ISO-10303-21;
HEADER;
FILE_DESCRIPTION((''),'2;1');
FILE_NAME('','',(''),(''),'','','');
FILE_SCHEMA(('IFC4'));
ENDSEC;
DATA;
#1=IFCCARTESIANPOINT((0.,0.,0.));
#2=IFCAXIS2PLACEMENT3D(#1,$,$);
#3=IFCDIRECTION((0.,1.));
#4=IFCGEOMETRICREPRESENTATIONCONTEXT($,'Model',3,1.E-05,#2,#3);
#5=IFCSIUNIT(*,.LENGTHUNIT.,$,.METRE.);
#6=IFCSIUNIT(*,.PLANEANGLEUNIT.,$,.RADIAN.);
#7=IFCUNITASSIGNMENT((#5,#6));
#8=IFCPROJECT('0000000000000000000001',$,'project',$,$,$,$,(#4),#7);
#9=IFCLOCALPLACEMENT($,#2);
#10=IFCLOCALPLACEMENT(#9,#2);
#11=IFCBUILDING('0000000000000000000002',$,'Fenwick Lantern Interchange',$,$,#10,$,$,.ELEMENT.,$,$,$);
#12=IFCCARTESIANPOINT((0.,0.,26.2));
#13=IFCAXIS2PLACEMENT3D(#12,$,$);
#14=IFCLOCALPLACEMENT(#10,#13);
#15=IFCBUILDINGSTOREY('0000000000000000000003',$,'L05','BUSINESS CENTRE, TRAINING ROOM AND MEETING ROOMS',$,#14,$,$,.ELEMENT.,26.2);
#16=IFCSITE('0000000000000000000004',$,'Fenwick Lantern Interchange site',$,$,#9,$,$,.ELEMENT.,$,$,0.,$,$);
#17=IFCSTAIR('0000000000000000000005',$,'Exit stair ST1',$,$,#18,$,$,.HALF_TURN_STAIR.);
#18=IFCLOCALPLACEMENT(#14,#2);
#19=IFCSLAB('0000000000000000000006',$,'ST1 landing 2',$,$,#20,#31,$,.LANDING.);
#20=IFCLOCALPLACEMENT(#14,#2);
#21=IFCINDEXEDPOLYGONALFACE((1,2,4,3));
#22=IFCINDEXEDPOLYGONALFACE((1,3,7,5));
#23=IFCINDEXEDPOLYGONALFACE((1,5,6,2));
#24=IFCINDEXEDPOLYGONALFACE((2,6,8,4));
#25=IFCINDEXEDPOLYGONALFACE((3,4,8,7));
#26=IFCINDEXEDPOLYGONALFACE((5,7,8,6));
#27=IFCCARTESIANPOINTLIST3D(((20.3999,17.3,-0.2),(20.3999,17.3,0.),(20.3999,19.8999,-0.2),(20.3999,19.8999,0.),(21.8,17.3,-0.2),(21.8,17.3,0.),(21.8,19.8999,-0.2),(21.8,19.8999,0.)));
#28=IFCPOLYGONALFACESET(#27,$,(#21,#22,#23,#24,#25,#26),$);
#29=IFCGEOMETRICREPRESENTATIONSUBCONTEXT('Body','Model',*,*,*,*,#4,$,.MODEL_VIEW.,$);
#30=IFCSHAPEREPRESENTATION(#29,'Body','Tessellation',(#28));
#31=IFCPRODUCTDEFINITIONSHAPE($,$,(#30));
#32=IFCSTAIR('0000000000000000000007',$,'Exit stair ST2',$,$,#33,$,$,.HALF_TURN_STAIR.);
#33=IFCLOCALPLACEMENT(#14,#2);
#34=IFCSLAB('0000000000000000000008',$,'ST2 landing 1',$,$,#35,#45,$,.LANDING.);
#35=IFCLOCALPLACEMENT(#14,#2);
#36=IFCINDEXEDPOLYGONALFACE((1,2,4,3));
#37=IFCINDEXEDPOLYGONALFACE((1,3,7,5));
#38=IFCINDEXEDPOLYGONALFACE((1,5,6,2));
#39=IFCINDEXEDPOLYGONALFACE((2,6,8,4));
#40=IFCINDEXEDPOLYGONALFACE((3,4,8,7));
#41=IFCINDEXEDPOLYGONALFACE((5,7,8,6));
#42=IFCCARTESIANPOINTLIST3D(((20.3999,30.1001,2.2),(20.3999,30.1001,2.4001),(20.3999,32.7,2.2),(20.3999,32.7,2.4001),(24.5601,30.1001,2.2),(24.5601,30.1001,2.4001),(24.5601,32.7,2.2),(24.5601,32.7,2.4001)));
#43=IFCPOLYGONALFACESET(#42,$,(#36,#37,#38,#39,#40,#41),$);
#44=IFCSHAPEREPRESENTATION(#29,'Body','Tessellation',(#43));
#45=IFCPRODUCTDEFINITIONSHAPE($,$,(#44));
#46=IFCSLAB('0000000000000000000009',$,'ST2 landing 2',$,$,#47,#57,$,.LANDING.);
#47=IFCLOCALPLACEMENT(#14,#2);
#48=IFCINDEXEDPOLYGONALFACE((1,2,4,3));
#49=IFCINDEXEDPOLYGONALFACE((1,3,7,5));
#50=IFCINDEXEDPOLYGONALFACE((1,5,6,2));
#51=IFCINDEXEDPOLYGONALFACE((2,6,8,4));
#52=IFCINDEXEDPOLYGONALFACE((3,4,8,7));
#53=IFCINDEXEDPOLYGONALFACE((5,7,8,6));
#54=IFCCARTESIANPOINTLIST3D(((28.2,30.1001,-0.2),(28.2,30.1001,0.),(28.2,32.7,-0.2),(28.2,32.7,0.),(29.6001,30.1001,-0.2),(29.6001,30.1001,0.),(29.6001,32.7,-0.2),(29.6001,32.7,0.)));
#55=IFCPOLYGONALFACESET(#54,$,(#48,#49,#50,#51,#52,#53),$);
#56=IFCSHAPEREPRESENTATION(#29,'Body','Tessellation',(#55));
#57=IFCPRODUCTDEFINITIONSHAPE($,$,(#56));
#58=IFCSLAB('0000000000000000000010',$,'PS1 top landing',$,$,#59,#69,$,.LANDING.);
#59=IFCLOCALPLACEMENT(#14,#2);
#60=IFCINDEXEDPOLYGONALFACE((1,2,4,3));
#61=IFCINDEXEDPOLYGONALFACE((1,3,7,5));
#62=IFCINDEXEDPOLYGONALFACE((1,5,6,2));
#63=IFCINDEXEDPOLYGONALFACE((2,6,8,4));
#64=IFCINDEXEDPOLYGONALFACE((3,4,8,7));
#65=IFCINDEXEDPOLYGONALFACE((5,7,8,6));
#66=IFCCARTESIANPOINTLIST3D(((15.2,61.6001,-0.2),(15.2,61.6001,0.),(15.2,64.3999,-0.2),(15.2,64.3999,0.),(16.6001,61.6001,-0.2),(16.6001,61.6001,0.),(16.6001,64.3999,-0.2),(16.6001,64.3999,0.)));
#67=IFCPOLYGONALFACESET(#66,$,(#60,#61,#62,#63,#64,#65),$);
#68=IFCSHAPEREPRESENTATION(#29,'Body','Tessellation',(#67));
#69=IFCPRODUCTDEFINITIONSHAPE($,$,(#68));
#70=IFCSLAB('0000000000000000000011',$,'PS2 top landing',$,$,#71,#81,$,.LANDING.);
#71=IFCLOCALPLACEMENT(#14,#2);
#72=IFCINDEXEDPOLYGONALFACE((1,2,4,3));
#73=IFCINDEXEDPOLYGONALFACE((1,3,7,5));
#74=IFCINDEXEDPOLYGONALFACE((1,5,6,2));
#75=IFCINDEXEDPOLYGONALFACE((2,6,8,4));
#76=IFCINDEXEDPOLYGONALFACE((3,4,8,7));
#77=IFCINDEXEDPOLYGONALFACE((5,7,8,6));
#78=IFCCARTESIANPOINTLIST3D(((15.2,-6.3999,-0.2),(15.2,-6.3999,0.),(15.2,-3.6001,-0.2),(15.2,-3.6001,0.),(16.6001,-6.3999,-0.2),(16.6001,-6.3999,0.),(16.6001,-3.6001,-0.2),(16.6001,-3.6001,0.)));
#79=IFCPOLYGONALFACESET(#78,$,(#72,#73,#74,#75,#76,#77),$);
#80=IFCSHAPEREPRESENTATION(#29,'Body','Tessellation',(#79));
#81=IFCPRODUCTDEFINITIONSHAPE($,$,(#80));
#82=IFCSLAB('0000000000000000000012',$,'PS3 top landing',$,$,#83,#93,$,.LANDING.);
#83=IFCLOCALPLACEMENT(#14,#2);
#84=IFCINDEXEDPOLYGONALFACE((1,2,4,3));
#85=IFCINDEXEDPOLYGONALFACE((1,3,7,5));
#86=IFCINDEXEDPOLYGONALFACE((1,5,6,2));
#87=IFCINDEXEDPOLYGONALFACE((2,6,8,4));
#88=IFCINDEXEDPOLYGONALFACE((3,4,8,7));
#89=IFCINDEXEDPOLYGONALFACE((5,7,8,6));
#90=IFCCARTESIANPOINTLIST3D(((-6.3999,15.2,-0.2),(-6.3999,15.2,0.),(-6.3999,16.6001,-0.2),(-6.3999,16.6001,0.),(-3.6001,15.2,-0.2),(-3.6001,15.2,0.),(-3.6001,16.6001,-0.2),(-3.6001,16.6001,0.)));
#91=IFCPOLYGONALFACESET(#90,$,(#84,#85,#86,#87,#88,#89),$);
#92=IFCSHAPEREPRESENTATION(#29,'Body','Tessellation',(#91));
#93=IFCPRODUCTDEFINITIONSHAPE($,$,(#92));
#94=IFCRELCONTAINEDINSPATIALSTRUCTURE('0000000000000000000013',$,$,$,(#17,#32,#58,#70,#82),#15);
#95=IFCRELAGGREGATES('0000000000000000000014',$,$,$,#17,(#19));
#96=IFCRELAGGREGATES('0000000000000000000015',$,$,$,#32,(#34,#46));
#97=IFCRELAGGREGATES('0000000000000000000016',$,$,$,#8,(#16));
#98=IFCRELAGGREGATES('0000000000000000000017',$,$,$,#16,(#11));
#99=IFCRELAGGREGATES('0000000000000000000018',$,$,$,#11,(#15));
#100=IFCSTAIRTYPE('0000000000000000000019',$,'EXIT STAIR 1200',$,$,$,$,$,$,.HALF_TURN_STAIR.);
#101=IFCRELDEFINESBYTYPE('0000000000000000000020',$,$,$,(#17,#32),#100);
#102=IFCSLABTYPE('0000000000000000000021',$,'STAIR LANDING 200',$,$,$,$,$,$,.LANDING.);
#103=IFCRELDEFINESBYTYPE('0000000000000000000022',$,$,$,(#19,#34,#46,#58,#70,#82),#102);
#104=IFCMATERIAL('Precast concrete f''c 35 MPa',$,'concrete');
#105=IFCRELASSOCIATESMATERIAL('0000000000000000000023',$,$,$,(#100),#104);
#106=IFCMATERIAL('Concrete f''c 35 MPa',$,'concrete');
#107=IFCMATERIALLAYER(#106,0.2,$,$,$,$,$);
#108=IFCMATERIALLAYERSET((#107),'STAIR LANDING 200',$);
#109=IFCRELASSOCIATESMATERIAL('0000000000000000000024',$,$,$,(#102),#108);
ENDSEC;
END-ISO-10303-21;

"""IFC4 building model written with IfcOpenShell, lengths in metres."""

from ifc_helpers import new_model, si_unit, direction, frame, origin, place, context, subcontext, project, spatial, polyline, outline, extrude, material, layer, layer_set, type_object, element, aggregate, save


model = new_model("IFC4")

# Units and contexts
model_context = context("Model", 3, precision=1e-05, world=origin(), true_north=direction((0.0, 1.0)))
body_context = subcontext(model_context, "Body", "Model", "MODEL_VIEW")
ifc_project = project(units=[si_unit("LENGTHUNIT", "METRE"), si_unit("PLANEANGLEUNIT", "RADIAN")], contexts=[model_context])

# Site, building, storey
site_placement = place(None, origin())
site = spatial("IfcSite", under=ifc_project, at=site_placement, Name="Fenwick Lantern Interchange site", CompositionType="ELEMENT", RefElevation=0.0)
building_placement = place(site_placement, origin())
building = spatial("IfcBuilding", under=site, at=building_placement, Name="Fenwick Lantern Interchange", CompositionType="ELEMENT")
storey_placement = place(building_placement, frame((0.0, 0.0, 26.2)))
storey = spatial("IfcBuildingStorey", under=building, at=storey_placement, Name="L05", Description="BUSINESS CENTRE, TRAINING ROOM AND MEETING ROOMS", CompositionType="ELEMENT", Elevation=26.2)

# Stairs, slabs
ifc_material_1 = material(Name="Precast concrete f'c 35 MPa", Category="concrete")
stair_type = type_object("IfcStairType", Name="EXIT STAIR 1200", PredefinedType="HALF_TURN_STAIR", material=ifc_material_1)
stair_1_placement = place(storey_placement, origin())
stair_1 = element("IfcStair", 1, at=stair_1_placement, inside=storey, type_object=stair_type, Name="Exit stair ST1", PredefinedType="HALF_TURN_STAIR")
ifc_material_2 = material(Name="Concrete f'c 35 MPa", Category="concrete")
ifc_layer_1 = layer(ifc_material_2, 0.2)
ifc_layer_set_1 = layer_set([ifc_layer_1], Name="STAIR LANDING 200")
slab_type_1 = type_object("IfcSlabType", Name="STAIR LANDING 200", PredefinedType="LANDING", material=ifc_layer_set_1)
slab_1_placement = place(storey_placement, frame((0.0, 0.0, -0.2)))
slab_1 = element("IfcSlab", 2, at=slab_1_placement, type_object=slab_type_1, Name="ST1 landing 2", PredefinedType="LANDING", context=body_context, shape_type="SweptSolid", body=[
    extrude(outline(polyline([(20.3999, 17.3), (21.8, 17.3), (21.8, 19.8999), (20.3999, 19.8999), (20.3999, 17.3)])), origin(), (0.0, 0.0, 1.0), 0.2),
])
aggregate(stair_1, [slab_1])
stair_2_placement = place(storey_placement, origin())
stair_2 = element("IfcStair", 3, at=stair_2_placement, inside=storey, type_object=stair_type, Name="Exit stair ST2", PredefinedType="HALF_TURN_STAIR")
slab_2_placement = place(storey_placement, frame((0.0, 0.0, 2.2)))
slab_2 = element("IfcSlab", 4, at=slab_2_placement, type_object=slab_type_1, Name="ST2 landing 1", PredefinedType="LANDING", context=body_context, shape_type="SweptSolid", body=[
    extrude(outline(polyline([(24.5601, 32.7), (20.3999, 32.7), (20.3999, 30.1001), (24.5601, 30.1001), (24.5601, 32.7)])), origin(), (0.0, 0.0, 1.0), 0.2002),
])
slab_3_placement = place(storey_placement, frame((0.0, 0.0, -0.2)))
slab_3 = element("IfcSlab", 5, at=slab_3_placement, type_object=slab_type_1, Name="ST2 landing 2", PredefinedType="LANDING", context=body_context, shape_type="SweptSolid", body=[
    extrude(outline(polyline([(29.6001, 32.7), (28.2, 32.7), (28.2, 30.1001), (29.6001, 30.1001), (29.6001, 32.7)])), origin(), (0.0, 0.0, 1.0), 0.2),
])
aggregate(stair_2, [slab_2, slab_3])

# Slabs
slab_4_placement = place(storey_placement, frame((0.0, 0.0, -0.2)))
element("IfcSlab", 6, at=slab_4_placement, inside=storey, type_object=slab_type_1, Name="PS1 top landing", PredefinedType="LANDING", context=body_context, shape_type="SweptSolid", body=[
    extrude(outline(polyline([(15.2, 61.6001), (16.6001, 61.6001), (16.6001, 64.3999), (15.2, 64.3999), (15.2, 61.6001)])), origin(), (0.0, 0.0, 1.0), 0.2),
])
slab_5_placement = place(storey_placement, frame((0.0, 0.0, -0.2)))
element("IfcSlab", 7, at=slab_5_placement, inside=storey, type_object=slab_type_1, Name="PS2 top landing", PredefinedType="LANDING", context=body_context, shape_type="SweptSolid", body=[
    extrude(outline(polyline([(15.2, -6.3999), (16.6001, -6.3999), (16.6001, -3.6001), (15.2, -3.6001), (15.2, -6.3999)])), origin(), (0.0, 0.0, 1.0), 0.2),
])
slab_6_placement = place(storey_placement, frame((0.0, 0.0, -0.2)))
element("IfcSlab", 8, at=slab_6_placement, inside=storey, type_object=slab_type_1, Name="PS3 top landing", PredefinedType="LANDING", context=body_context, shape_type="SweptSolid", body=[
    extrude(outline(polyline([(-6.3999, 15.2), (-3.6001, 15.2), (-3.6001, 16.6001), (-6.3999, 16.6001), (-6.3999, 15.2)])), origin(), (0.0, 0.0, 1.0), 0.2),
])

save(model, "model.ifc")
